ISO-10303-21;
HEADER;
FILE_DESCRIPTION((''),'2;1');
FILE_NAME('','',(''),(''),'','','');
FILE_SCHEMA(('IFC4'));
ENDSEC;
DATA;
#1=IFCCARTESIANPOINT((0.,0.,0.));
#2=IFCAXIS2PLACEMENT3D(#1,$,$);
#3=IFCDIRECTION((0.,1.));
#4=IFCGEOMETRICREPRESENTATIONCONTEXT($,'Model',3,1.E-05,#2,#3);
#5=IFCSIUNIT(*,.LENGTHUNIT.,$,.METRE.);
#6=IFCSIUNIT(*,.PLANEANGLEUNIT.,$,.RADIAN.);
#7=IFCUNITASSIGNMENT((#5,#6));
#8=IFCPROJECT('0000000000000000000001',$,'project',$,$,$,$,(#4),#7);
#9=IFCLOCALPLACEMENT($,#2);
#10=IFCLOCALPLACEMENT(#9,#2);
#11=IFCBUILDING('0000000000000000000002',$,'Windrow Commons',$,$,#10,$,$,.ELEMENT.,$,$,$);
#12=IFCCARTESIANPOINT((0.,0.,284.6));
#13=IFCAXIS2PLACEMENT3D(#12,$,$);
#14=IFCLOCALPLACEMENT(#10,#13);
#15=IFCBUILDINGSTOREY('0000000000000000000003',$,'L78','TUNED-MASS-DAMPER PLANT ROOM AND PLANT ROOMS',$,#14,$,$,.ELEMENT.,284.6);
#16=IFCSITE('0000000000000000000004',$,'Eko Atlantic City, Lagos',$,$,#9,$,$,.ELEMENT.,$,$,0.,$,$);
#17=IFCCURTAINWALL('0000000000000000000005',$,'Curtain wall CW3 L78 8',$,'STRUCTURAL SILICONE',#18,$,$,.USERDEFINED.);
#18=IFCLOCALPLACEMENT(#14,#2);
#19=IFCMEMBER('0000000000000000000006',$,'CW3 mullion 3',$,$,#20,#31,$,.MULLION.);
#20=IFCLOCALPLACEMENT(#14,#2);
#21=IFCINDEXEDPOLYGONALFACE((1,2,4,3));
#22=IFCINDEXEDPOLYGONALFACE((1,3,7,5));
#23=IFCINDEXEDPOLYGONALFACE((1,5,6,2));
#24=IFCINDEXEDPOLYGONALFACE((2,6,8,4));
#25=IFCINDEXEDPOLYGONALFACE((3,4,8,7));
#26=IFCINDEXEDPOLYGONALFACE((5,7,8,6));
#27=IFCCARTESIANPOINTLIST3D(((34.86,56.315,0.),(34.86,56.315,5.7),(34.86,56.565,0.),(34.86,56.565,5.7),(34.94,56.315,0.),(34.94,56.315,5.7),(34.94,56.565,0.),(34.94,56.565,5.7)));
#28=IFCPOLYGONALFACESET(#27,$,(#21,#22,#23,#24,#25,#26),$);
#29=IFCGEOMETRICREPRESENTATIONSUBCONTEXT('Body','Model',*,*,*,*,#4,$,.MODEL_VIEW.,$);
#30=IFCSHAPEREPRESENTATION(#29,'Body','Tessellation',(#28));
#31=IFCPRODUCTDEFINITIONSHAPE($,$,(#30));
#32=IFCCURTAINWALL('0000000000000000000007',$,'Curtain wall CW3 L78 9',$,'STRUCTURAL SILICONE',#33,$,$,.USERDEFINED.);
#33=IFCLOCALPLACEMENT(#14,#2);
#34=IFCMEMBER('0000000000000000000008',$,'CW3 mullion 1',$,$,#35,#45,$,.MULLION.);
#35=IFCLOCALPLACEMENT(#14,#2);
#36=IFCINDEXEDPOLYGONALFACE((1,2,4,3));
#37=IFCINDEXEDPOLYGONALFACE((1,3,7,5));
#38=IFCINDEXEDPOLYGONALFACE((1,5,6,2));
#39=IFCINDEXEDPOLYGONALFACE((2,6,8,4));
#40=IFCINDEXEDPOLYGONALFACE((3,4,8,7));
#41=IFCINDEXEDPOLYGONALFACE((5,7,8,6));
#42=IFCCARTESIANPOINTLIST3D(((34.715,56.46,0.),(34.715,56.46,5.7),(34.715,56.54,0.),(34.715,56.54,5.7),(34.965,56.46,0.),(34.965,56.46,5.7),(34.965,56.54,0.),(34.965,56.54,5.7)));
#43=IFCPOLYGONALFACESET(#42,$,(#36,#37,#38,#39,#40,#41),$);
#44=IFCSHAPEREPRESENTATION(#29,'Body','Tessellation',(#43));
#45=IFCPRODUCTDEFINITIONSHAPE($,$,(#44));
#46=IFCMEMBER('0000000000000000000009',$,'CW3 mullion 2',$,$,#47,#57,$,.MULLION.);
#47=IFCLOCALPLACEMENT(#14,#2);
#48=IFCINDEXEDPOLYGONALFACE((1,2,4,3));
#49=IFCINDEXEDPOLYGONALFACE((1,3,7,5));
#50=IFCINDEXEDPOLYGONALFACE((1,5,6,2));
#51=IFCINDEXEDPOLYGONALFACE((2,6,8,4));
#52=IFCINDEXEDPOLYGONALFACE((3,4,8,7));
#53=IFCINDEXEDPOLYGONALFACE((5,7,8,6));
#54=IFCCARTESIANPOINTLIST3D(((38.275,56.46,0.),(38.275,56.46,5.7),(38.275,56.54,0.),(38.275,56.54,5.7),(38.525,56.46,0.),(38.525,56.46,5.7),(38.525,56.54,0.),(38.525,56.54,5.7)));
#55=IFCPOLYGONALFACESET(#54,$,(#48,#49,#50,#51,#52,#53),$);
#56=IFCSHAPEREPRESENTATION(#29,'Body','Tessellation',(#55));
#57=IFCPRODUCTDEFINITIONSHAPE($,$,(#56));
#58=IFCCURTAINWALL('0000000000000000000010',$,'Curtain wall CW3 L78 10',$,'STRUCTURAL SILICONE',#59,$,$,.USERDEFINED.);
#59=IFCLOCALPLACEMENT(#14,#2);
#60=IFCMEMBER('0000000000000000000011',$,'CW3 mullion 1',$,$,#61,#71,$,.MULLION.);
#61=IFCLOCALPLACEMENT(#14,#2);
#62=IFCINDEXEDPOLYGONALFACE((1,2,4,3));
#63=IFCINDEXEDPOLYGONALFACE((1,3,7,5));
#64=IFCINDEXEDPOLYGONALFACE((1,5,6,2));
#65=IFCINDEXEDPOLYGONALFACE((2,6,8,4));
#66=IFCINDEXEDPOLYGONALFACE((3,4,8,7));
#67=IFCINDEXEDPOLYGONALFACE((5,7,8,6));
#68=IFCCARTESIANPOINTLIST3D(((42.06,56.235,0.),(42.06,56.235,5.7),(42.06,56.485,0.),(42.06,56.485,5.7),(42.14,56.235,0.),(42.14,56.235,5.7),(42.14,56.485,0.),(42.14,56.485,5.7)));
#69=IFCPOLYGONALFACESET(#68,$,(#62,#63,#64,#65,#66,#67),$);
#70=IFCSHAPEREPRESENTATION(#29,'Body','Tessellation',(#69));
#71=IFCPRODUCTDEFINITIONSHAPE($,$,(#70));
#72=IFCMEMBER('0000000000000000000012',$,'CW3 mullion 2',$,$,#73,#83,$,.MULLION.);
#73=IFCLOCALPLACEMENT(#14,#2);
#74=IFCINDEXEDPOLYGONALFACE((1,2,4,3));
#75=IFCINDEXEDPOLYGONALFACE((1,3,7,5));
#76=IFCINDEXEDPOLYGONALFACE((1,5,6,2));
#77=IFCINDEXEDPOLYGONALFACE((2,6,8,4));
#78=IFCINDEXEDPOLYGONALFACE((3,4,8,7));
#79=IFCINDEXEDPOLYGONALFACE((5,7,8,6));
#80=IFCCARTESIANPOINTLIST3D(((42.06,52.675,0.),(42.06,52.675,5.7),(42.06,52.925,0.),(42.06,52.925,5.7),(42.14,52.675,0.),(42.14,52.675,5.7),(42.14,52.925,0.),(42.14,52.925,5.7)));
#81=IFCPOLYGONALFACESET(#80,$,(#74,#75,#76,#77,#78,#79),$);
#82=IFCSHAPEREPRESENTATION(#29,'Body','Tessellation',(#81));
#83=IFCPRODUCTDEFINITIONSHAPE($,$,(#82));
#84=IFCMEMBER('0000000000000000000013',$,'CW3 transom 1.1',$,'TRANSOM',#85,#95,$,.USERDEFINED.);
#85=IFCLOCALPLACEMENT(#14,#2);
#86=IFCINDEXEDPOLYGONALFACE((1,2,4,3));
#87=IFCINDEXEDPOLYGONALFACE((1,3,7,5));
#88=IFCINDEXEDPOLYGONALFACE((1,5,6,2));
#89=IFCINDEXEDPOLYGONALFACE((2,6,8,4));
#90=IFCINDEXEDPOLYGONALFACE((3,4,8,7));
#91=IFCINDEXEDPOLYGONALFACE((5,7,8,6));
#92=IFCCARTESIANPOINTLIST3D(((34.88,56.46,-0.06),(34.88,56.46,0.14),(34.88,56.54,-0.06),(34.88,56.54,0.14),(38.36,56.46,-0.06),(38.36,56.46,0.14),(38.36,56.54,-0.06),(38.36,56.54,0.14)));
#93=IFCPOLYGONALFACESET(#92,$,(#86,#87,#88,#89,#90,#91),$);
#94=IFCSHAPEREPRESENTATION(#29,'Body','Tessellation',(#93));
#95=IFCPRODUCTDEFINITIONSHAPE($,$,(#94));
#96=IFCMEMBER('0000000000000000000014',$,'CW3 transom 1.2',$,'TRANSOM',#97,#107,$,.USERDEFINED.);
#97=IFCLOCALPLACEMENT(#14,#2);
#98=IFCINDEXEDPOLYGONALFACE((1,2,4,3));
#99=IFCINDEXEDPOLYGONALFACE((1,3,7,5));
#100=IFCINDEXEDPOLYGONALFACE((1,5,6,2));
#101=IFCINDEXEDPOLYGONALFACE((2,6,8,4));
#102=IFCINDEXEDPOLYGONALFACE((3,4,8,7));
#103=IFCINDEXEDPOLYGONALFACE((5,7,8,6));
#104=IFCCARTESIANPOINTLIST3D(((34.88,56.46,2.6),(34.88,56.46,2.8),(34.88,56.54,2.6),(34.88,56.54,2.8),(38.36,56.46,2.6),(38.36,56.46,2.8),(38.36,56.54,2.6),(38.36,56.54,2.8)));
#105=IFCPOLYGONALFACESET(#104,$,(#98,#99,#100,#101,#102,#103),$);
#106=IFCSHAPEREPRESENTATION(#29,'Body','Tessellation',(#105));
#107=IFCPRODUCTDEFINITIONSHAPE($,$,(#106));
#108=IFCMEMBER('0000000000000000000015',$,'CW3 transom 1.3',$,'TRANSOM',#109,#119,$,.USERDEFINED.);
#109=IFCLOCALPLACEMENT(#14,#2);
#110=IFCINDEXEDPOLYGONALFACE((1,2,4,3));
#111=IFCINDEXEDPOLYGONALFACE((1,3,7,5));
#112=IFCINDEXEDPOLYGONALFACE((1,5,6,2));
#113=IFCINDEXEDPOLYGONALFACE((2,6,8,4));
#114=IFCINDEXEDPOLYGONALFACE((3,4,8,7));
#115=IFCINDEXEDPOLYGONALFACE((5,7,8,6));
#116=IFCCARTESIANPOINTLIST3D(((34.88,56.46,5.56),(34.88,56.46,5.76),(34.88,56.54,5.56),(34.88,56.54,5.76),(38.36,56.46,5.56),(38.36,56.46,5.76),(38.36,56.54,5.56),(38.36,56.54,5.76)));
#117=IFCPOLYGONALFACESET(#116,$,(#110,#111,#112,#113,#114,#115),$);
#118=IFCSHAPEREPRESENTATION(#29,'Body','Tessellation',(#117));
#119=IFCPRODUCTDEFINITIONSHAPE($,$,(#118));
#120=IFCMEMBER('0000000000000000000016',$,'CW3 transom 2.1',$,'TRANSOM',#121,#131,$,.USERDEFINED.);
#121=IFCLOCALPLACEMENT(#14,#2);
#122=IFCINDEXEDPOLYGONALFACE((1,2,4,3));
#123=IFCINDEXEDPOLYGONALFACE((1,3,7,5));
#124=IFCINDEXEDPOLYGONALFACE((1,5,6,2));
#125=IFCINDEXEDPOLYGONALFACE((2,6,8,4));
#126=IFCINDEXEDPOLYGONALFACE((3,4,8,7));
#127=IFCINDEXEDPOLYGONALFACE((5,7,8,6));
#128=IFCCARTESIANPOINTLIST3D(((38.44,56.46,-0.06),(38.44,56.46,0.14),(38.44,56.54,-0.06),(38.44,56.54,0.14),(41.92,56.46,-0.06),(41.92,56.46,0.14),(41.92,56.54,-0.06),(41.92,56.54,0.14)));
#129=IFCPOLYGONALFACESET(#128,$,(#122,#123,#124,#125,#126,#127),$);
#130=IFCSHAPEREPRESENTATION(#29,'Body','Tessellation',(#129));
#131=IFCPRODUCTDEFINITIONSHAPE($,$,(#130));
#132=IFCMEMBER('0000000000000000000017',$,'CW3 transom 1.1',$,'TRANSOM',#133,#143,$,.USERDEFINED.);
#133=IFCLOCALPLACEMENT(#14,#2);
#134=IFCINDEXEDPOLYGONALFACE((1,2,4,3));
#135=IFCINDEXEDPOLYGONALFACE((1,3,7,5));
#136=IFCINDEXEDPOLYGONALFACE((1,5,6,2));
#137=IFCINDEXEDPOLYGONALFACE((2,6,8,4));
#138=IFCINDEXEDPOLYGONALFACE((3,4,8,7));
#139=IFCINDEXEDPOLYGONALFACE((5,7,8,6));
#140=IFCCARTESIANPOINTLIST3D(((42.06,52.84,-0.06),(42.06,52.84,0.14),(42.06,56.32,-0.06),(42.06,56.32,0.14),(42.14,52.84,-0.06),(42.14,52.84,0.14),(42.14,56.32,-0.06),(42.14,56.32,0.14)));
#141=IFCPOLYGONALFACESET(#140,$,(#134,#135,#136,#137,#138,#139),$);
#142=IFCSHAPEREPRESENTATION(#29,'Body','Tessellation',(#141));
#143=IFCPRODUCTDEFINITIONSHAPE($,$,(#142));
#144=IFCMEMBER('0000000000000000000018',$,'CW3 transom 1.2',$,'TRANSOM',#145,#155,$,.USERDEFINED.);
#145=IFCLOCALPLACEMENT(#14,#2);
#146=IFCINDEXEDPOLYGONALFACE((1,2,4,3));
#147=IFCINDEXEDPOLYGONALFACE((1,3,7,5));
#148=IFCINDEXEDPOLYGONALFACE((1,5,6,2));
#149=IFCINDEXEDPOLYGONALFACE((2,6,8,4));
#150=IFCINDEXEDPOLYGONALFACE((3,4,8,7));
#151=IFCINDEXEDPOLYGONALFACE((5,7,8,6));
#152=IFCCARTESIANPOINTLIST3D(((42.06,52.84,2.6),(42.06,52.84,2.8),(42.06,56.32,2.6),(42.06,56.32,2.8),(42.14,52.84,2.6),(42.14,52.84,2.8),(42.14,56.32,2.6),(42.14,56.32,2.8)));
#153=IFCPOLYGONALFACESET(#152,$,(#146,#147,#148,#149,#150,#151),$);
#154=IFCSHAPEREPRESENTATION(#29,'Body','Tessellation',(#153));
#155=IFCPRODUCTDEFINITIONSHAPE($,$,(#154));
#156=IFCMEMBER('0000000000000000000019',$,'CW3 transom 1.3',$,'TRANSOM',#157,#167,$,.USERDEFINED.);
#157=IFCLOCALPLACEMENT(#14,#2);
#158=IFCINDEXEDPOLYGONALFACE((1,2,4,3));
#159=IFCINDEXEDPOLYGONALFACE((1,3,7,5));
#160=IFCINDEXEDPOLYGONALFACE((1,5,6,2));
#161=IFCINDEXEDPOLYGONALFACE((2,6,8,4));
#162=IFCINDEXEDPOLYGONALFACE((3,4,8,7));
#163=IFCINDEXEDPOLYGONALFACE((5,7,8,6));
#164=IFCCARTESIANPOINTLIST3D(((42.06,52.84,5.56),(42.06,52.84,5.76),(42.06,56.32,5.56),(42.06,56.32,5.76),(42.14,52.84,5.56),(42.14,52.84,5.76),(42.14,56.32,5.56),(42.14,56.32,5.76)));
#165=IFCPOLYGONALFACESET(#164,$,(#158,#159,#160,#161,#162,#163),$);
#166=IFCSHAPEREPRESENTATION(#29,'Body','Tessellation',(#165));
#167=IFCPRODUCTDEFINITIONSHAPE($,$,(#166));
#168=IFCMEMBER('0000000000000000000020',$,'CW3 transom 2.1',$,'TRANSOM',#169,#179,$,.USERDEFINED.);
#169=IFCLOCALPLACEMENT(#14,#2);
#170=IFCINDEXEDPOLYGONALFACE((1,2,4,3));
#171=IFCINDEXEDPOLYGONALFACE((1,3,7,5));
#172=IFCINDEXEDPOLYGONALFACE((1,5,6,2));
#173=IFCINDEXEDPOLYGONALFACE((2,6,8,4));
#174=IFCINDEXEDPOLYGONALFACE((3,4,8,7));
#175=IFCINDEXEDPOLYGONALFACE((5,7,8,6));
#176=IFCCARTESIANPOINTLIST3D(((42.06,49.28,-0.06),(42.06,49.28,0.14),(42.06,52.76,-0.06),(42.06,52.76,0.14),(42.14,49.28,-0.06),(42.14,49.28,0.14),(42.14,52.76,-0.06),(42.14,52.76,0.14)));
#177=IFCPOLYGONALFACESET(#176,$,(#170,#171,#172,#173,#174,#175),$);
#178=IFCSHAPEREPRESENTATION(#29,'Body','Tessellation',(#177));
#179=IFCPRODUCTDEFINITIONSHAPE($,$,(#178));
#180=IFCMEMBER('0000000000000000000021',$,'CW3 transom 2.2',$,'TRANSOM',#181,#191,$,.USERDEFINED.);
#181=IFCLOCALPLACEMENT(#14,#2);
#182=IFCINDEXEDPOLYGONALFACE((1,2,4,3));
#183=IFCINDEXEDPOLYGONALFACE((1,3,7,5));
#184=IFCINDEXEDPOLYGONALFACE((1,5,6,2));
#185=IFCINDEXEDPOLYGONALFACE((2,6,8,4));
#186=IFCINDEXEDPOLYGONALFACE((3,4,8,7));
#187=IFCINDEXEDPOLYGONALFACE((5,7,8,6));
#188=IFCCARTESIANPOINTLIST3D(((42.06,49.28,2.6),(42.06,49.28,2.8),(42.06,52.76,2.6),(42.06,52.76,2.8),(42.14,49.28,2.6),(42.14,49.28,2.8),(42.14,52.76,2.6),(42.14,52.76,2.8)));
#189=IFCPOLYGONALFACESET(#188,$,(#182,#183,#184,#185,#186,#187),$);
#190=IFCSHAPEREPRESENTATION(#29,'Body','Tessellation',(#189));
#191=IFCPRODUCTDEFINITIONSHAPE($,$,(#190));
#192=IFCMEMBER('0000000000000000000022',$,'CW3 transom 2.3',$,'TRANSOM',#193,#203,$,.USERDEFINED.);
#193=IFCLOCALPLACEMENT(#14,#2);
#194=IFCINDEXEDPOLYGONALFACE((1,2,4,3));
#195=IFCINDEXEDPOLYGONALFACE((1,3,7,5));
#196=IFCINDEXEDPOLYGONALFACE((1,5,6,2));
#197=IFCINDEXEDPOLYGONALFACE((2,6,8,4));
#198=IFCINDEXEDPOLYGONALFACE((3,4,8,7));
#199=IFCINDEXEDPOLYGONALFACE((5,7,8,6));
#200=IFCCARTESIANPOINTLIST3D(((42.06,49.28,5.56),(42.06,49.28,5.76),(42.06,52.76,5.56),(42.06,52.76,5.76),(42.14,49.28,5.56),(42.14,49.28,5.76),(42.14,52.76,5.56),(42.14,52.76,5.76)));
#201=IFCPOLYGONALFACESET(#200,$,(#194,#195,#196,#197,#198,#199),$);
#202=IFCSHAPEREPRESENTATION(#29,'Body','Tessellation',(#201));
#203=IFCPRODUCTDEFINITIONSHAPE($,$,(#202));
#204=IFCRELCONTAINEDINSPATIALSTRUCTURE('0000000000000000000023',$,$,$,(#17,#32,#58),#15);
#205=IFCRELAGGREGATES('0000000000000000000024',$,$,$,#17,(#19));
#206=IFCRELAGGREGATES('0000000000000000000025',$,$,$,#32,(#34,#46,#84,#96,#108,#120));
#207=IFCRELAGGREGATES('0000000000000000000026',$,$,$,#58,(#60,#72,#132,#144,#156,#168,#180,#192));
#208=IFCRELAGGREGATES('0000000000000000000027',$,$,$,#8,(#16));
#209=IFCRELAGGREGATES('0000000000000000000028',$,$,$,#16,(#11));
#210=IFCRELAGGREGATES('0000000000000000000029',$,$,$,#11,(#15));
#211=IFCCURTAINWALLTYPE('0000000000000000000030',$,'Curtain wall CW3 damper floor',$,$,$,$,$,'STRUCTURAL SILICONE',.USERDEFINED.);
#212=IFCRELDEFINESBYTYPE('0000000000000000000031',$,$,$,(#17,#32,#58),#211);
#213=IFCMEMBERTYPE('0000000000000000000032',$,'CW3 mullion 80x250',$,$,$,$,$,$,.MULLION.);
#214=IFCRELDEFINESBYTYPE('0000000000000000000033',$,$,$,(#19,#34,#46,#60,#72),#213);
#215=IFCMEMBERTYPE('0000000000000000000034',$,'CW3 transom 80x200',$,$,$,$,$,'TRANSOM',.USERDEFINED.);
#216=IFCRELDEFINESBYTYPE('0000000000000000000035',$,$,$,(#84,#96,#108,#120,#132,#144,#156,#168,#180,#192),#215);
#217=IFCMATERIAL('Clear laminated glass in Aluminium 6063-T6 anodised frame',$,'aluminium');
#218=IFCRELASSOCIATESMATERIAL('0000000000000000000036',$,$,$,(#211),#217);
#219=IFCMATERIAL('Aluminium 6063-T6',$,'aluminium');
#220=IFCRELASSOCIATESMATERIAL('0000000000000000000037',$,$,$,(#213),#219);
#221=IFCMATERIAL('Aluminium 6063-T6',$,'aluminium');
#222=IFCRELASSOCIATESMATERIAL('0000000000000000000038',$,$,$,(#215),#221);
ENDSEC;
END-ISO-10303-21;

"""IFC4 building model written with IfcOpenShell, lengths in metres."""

from ifc_helpers import new_model, si_unit, direction, frame, origin, origin_2d, place, context, subcontext, project, spatial, rectangle, extrude, material, material_profile, profile_set, type_object, element, aggregate, save


model = new_model("IFC4")

# Units and contexts
model_context = context("Model", 3, precision=1e-05, world=origin(), true_north=direction((0.0, 1.0)))
body_context = subcontext(model_context, "Body", "Model", "MODEL_VIEW")
ifc_project = project(units=[si_unit("LENGTHUNIT", "METRE"), si_unit("PLANEANGLEUNIT", "RADIAN")], contexts=[model_context])

# Site, building, storey
site_placement = place(None, origin())
site = spatial("IfcSite", under=ifc_project, at=site_placement, Name="Eko Atlantic City, Lagos", CompositionType="ELEMENT", RefElevation=0.0)
building_placement = place(site_placement, origin())
building = spatial("IfcBuilding", under=site, at=building_placement, Name="Windrow Commons", CompositionType="ELEMENT")
storey_placement = place(building_placement, frame((0.0, 0.0, 284.6)))
storey = spatial("IfcBuildingStorey", under=building, at=storey_placement, Name="L78", Description="TUNED-MASS-DAMPER PLANT ROOM AND PLANT ROOMS", CompositionType="ELEMENT", Elevation=284.6)

# Curtain wall, member
ifc_material_1 = material(Name="Clear laminated glass in Aluminium 6063-T6 anodised frame", Category="aluminium")
curtain_wall_type = type_object("IfcCurtainWallType", Name="Curtain wall CW3 damper floor", ElementType="STRUCTURAL SILICONE", PredefinedType="USERDEFINED", material=ifc_material_1)
placement = place(storey_placement, origin())
curtain_wall_1 = element("IfcCurtainWall", 1, at=placement, inside=storey, type_object=curtain_wall_type, Name="Curtain wall CW3 L78 8", ObjectType="STRUCTURAL SILICONE", PredefinedType="USERDEFINED")
ifc_material_2 = material(Name="Aluminium 6063-T6", Category="aluminium")
ifc_material_profile_1 = material_profile(ifc_material_2, rectangle(XDim=0.08, YDim=0.25, at=origin_2d()))
ifc_profile_set_1 = profile_set([ifc_material_profile_1], Name="Aluminium 6063-T6")
member_type_1 = type_object("IfcMemberType", Name="CW3 mullion 80x250", PredefinedType="MULLION", material=ifc_profile_set_1)
member_1_placement = place(storey_placement, frame((34.9, 56.44, 0.0), z_axis=(0.0, 0.0, 1.0), x_axis=(1.0, 0.0, 0.0)))
member_1 = element("IfcMember", 2, at=member_1_placement, type_object=member_type_1, Name="CW3 mullion 3", PredefinedType="MULLION", context=body_context, shape_type="SweptSolid", body=[
    extrude(rectangle(XDim=0.08, YDim=0.25, at=origin_2d()), origin(), (0.0, 0.0, 1.0), 5.7),
])
aggregate(curtain_wall_1, [member_1])

# Curtain walls, members
curtain_wall_2 = element("IfcCurtainWall", 3, at=placement, inside=storey, type_object=curtain_wall_type, Name="Curtain wall CW3 L78 9", ObjectType="STRUCTURAL SILICONE", PredefinedType="USERDEFINED")
member_2_placement = place(storey_placement, frame((34.84, 56.5, 0.0), z_axis=(0.0, 0.0, 1.0), x_axis=(0.0, 1.0, 0.0)))
member_2 = element("IfcMember", 4, at=member_2_placement, type_object=member_type_1, Name="CW3 mullion 1", PredefinedType="MULLION", context=body_context, shape_type="SweptSolid", body=[
    extrude(rectangle(XDim=0.08, YDim=0.25, at=origin_2d()), origin(), (0.0, 0.0, 1.0), 5.7),
])
member_3_placement = place(storey_placement, frame((38.4, 56.5, 0.0), z_axis=(0.0, 0.0, 1.0), x_axis=(0.0, 1.0, 0.0)))
member_3 = element("IfcMember", 5, at=member_3_placement, type_object=member_type_1, Name="CW3 mullion 2", PredefinedType="MULLION", context=body_context, shape_type="SweptSolid", body=[
    extrude(rectangle(XDim=0.08, YDim=0.25, at=origin_2d()), origin(), (0.0, 0.0, 1.0), 5.7),
])
curtain_wall_3 = element("IfcCurtainWall", 6, at=placement, inside=storey, type_object=curtain_wall_type, Name="Curtain wall CW3 L78 10", ObjectType="STRUCTURAL SILICONE", PredefinedType="USERDEFINED")
member_4_placement = place(storey_placement, frame((42.1, 56.36, 0.0), z_axis=(0.0, 0.0, 1.0), x_axis=(1.0, 0.0, 0.0)))
member_4 = element("IfcMember", 7, at=member_4_placement, type_object=member_type_1, Name="CW3 mullion 1", PredefinedType="MULLION", context=body_context, shape_type="SweptSolid", body=[
    extrude(rectangle(XDim=0.08, YDim=0.25, at=origin_2d()), origin(), (0.0, 0.0, 1.0), 5.7),
])
member_5_placement = place(storey_placement, frame((42.1, 52.8, 0.0), z_axis=(0.0, 0.0, 1.0), x_axis=(1.0, 0.0, 0.0)))
member_5 = element("IfcMember", 8, at=member_5_placement, type_object=member_type_1, Name="CW3 mullion 2", PredefinedType="MULLION", context=body_context, shape_type="SweptSolid", body=[
    extrude(rectangle(XDim=0.08, YDim=0.25, at=origin_2d()), origin(), (0.0, 0.0, 1.0), 5.7),
])

# Members
ifc_material_3 = material(Name="Aluminium 6063-T6", Category="aluminium")
ifc_material_profile_2 = material_profile(ifc_material_3, rectangle(XDim=0.08, YDim=0.2, at=origin_2d()))
ifc_profile_set_2 = profile_set([ifc_material_profile_2], Name="Aluminium 6063-T6")
member_type_2 = type_object("IfcMemberType", Name="CW3 transom 80x200", ElementType="TRANSOM", PredefinedType="USERDEFINED", material=ifc_profile_set_2)
member_6_placement = place(storey_placement, frame((34.88, 56.5, 0.04), z_axis=(1.0, 0.0, 0.0), x_axis=(0.0, 1.0, 0.0)))
member_6 = element("IfcMember", 9, at=member_6_placement, type_object=member_type_2, Name="CW3 transom 1.1", ObjectType="TRANSOM", PredefinedType="USERDEFINED", context=body_context, shape_type="SweptSolid", body=[
    extrude(rectangle(XDim=0.08, YDim=0.2, at=origin_2d()), origin(), (0.0, 0.0, 1.0), 3.48),
])
member_7_placement = place(storey_placement, frame((34.88, 56.5, 2.7), z_axis=(1.0, 0.0, 0.0), x_axis=(0.0, 1.0, 0.0)))
member_7 = element("IfcMember", 10, at=member_7_placement, type_object=member_type_2, Name="CW3 transom 1.2", ObjectType="TRANSOM", PredefinedType="USERDEFINED", context=body_context, shape_type="SweptSolid", body=[
    extrude(rectangle(XDim=0.08, YDim=0.2, at=origin_2d()), origin(), (0.0, 0.0, 1.0), 3.48),
])
member_8_placement = place(storey_placement, frame((34.88, 56.5, 5.66), z_axis=(1.0, 0.0, 0.0), x_axis=(0.0, 1.0, 0.0)))
member_8 = element("IfcMember", 11, at=member_8_placement, type_object=member_type_2, Name="CW3 transom 1.3", ObjectType="TRANSOM", PredefinedType="USERDEFINED", context=body_context, shape_type="SweptSolid", body=[
    extrude(rectangle(XDim=0.08, YDim=0.2, at=origin_2d()), origin(), (0.0, 0.0, 1.0), 3.48),
])
member_9_placement = place(storey_placement, frame((38.44, 56.5, 0.04), z_axis=(1.0, 0.0, 0.0), x_axis=(0.0, 1.0, 0.0)))
member_9 = element("IfcMember", 12, at=member_9_placement, type_object=member_type_2, Name="CW3 transom 2.1", ObjectType="TRANSOM", PredefinedType="USERDEFINED", context=body_context, shape_type="SweptSolid", body=[
    extrude(rectangle(XDim=0.08, YDim=0.2, at=origin_2d()), origin(), (0.0, 0.0, 1.0), 3.48),
])
member_10_placement = place(storey_placement, frame((42.1, 56.32, 0.04), z_axis=(0.0, -1.0, 0.0), x_axis=(1.0, 0.0, 0.0)))
member_10 = element("IfcMember", 13, at=member_10_placement, type_object=member_type_2, Name="CW3 transom 1.1", ObjectType="TRANSOM", PredefinedType="USERDEFINED", context=body_context, shape_type="SweptSolid", body=[
    extrude(rectangle(XDim=0.08, YDim=0.2, at=origin_2d()), origin(), (0.0, 0.0, 1.0), 3.48),
])
member_11_placement = place(storey_placement, frame((42.1, 56.32, 2.7), z_axis=(0.0, -1.0, 0.0), x_axis=(1.0, 0.0, 0.0)))
member_11 = element("IfcMember", 14, at=member_11_placement, type_object=member_type_2, Name="CW3 transom 1.2", ObjectType="TRANSOM", PredefinedType="USERDEFINED", context=body_context, shape_type="SweptSolid", body=[
    extrude(rectangle(XDim=0.08, YDim=0.2, at=origin_2d()), origin(), (0.0, 0.0, 1.0), 3.48),
])
member_12_placement = place(storey_placement, frame((42.1, 56.32, 5.66), z_axis=(0.0, -1.0, 0.0), x_axis=(1.0, 0.0, 0.0)))
member_12 = element("IfcMember", 15, at=member_12_placement, type_object=member_type_2, Name="CW3 transom 1.3", ObjectType="TRANSOM", PredefinedType="USERDEFINED", context=body_context, shape_type="SweptSolid", body=[
    extrude(rectangle(XDim=0.08, YDim=0.2, at=origin_2d()), origin(), (0.0, 0.0, 1.0), 3.48),
])
member_13_placement = place(storey_placement, frame((42.1, 52.76, 0.04), z_axis=(0.0, -1.0, 0.0), x_axis=(1.0, 0.0, 0.0)))
member_13 = element("IfcMember", 16, at=member_13_placement, type_object=member_type_2, Name="CW3 transom 2.1", ObjectType="TRANSOM", PredefinedType="USERDEFINED", context=body_context, shape_type="SweptSolid", body=[
    extrude(rectangle(XDim=0.08, YDim=0.2, at=origin_2d()), origin(), (0.0, 0.0, 1.0), 3.48),
])
member_14_placement = place(storey_placement, frame((42.1, 52.76, 2.7), z_axis=(0.0, -1.0, 0.0), x_axis=(1.0, 0.0, 0.0)))
member_14 = element("IfcMember", 17, at=member_14_placement, type_object=member_type_2, Name="CW3 transom 2.2", ObjectType="TRANSOM", PredefinedType="USERDEFINED", context=body_context, shape_type="SweptSolid", body=[
    extrude(rectangle(XDim=0.08, YDim=0.2, at=origin_2d()), origin(), (0.0, 0.0, 1.0), 3.48),
])
member_15_placement = place(storey_placement, frame((42.1, 52.76, 5.66), z_axis=(0.0, -1.0, 0.0), x_axis=(1.0, 0.0, 0.0)))
member_15 = element("IfcMember", 18, at=member_15_placement, type_object=member_type_2, Name="CW3 transom 2.3", ObjectType="TRANSOM", PredefinedType="USERDEFINED", context=body_context, shape_type="SweptSolid", body=[
    extrude(rectangle(XDim=0.08, YDim=0.2, at=origin_2d()), origin(), (0.0, 0.0, 1.0), 3.48),
])

aggregate(curtain_wall_2, [member_2, member_3, member_6, member_7, member_8, member_9])
aggregate(curtain_wall_3, [member_4, member_5, member_10, member_11, member_12, member_13, member_14, member_15])

save(model, "model.ifc")
